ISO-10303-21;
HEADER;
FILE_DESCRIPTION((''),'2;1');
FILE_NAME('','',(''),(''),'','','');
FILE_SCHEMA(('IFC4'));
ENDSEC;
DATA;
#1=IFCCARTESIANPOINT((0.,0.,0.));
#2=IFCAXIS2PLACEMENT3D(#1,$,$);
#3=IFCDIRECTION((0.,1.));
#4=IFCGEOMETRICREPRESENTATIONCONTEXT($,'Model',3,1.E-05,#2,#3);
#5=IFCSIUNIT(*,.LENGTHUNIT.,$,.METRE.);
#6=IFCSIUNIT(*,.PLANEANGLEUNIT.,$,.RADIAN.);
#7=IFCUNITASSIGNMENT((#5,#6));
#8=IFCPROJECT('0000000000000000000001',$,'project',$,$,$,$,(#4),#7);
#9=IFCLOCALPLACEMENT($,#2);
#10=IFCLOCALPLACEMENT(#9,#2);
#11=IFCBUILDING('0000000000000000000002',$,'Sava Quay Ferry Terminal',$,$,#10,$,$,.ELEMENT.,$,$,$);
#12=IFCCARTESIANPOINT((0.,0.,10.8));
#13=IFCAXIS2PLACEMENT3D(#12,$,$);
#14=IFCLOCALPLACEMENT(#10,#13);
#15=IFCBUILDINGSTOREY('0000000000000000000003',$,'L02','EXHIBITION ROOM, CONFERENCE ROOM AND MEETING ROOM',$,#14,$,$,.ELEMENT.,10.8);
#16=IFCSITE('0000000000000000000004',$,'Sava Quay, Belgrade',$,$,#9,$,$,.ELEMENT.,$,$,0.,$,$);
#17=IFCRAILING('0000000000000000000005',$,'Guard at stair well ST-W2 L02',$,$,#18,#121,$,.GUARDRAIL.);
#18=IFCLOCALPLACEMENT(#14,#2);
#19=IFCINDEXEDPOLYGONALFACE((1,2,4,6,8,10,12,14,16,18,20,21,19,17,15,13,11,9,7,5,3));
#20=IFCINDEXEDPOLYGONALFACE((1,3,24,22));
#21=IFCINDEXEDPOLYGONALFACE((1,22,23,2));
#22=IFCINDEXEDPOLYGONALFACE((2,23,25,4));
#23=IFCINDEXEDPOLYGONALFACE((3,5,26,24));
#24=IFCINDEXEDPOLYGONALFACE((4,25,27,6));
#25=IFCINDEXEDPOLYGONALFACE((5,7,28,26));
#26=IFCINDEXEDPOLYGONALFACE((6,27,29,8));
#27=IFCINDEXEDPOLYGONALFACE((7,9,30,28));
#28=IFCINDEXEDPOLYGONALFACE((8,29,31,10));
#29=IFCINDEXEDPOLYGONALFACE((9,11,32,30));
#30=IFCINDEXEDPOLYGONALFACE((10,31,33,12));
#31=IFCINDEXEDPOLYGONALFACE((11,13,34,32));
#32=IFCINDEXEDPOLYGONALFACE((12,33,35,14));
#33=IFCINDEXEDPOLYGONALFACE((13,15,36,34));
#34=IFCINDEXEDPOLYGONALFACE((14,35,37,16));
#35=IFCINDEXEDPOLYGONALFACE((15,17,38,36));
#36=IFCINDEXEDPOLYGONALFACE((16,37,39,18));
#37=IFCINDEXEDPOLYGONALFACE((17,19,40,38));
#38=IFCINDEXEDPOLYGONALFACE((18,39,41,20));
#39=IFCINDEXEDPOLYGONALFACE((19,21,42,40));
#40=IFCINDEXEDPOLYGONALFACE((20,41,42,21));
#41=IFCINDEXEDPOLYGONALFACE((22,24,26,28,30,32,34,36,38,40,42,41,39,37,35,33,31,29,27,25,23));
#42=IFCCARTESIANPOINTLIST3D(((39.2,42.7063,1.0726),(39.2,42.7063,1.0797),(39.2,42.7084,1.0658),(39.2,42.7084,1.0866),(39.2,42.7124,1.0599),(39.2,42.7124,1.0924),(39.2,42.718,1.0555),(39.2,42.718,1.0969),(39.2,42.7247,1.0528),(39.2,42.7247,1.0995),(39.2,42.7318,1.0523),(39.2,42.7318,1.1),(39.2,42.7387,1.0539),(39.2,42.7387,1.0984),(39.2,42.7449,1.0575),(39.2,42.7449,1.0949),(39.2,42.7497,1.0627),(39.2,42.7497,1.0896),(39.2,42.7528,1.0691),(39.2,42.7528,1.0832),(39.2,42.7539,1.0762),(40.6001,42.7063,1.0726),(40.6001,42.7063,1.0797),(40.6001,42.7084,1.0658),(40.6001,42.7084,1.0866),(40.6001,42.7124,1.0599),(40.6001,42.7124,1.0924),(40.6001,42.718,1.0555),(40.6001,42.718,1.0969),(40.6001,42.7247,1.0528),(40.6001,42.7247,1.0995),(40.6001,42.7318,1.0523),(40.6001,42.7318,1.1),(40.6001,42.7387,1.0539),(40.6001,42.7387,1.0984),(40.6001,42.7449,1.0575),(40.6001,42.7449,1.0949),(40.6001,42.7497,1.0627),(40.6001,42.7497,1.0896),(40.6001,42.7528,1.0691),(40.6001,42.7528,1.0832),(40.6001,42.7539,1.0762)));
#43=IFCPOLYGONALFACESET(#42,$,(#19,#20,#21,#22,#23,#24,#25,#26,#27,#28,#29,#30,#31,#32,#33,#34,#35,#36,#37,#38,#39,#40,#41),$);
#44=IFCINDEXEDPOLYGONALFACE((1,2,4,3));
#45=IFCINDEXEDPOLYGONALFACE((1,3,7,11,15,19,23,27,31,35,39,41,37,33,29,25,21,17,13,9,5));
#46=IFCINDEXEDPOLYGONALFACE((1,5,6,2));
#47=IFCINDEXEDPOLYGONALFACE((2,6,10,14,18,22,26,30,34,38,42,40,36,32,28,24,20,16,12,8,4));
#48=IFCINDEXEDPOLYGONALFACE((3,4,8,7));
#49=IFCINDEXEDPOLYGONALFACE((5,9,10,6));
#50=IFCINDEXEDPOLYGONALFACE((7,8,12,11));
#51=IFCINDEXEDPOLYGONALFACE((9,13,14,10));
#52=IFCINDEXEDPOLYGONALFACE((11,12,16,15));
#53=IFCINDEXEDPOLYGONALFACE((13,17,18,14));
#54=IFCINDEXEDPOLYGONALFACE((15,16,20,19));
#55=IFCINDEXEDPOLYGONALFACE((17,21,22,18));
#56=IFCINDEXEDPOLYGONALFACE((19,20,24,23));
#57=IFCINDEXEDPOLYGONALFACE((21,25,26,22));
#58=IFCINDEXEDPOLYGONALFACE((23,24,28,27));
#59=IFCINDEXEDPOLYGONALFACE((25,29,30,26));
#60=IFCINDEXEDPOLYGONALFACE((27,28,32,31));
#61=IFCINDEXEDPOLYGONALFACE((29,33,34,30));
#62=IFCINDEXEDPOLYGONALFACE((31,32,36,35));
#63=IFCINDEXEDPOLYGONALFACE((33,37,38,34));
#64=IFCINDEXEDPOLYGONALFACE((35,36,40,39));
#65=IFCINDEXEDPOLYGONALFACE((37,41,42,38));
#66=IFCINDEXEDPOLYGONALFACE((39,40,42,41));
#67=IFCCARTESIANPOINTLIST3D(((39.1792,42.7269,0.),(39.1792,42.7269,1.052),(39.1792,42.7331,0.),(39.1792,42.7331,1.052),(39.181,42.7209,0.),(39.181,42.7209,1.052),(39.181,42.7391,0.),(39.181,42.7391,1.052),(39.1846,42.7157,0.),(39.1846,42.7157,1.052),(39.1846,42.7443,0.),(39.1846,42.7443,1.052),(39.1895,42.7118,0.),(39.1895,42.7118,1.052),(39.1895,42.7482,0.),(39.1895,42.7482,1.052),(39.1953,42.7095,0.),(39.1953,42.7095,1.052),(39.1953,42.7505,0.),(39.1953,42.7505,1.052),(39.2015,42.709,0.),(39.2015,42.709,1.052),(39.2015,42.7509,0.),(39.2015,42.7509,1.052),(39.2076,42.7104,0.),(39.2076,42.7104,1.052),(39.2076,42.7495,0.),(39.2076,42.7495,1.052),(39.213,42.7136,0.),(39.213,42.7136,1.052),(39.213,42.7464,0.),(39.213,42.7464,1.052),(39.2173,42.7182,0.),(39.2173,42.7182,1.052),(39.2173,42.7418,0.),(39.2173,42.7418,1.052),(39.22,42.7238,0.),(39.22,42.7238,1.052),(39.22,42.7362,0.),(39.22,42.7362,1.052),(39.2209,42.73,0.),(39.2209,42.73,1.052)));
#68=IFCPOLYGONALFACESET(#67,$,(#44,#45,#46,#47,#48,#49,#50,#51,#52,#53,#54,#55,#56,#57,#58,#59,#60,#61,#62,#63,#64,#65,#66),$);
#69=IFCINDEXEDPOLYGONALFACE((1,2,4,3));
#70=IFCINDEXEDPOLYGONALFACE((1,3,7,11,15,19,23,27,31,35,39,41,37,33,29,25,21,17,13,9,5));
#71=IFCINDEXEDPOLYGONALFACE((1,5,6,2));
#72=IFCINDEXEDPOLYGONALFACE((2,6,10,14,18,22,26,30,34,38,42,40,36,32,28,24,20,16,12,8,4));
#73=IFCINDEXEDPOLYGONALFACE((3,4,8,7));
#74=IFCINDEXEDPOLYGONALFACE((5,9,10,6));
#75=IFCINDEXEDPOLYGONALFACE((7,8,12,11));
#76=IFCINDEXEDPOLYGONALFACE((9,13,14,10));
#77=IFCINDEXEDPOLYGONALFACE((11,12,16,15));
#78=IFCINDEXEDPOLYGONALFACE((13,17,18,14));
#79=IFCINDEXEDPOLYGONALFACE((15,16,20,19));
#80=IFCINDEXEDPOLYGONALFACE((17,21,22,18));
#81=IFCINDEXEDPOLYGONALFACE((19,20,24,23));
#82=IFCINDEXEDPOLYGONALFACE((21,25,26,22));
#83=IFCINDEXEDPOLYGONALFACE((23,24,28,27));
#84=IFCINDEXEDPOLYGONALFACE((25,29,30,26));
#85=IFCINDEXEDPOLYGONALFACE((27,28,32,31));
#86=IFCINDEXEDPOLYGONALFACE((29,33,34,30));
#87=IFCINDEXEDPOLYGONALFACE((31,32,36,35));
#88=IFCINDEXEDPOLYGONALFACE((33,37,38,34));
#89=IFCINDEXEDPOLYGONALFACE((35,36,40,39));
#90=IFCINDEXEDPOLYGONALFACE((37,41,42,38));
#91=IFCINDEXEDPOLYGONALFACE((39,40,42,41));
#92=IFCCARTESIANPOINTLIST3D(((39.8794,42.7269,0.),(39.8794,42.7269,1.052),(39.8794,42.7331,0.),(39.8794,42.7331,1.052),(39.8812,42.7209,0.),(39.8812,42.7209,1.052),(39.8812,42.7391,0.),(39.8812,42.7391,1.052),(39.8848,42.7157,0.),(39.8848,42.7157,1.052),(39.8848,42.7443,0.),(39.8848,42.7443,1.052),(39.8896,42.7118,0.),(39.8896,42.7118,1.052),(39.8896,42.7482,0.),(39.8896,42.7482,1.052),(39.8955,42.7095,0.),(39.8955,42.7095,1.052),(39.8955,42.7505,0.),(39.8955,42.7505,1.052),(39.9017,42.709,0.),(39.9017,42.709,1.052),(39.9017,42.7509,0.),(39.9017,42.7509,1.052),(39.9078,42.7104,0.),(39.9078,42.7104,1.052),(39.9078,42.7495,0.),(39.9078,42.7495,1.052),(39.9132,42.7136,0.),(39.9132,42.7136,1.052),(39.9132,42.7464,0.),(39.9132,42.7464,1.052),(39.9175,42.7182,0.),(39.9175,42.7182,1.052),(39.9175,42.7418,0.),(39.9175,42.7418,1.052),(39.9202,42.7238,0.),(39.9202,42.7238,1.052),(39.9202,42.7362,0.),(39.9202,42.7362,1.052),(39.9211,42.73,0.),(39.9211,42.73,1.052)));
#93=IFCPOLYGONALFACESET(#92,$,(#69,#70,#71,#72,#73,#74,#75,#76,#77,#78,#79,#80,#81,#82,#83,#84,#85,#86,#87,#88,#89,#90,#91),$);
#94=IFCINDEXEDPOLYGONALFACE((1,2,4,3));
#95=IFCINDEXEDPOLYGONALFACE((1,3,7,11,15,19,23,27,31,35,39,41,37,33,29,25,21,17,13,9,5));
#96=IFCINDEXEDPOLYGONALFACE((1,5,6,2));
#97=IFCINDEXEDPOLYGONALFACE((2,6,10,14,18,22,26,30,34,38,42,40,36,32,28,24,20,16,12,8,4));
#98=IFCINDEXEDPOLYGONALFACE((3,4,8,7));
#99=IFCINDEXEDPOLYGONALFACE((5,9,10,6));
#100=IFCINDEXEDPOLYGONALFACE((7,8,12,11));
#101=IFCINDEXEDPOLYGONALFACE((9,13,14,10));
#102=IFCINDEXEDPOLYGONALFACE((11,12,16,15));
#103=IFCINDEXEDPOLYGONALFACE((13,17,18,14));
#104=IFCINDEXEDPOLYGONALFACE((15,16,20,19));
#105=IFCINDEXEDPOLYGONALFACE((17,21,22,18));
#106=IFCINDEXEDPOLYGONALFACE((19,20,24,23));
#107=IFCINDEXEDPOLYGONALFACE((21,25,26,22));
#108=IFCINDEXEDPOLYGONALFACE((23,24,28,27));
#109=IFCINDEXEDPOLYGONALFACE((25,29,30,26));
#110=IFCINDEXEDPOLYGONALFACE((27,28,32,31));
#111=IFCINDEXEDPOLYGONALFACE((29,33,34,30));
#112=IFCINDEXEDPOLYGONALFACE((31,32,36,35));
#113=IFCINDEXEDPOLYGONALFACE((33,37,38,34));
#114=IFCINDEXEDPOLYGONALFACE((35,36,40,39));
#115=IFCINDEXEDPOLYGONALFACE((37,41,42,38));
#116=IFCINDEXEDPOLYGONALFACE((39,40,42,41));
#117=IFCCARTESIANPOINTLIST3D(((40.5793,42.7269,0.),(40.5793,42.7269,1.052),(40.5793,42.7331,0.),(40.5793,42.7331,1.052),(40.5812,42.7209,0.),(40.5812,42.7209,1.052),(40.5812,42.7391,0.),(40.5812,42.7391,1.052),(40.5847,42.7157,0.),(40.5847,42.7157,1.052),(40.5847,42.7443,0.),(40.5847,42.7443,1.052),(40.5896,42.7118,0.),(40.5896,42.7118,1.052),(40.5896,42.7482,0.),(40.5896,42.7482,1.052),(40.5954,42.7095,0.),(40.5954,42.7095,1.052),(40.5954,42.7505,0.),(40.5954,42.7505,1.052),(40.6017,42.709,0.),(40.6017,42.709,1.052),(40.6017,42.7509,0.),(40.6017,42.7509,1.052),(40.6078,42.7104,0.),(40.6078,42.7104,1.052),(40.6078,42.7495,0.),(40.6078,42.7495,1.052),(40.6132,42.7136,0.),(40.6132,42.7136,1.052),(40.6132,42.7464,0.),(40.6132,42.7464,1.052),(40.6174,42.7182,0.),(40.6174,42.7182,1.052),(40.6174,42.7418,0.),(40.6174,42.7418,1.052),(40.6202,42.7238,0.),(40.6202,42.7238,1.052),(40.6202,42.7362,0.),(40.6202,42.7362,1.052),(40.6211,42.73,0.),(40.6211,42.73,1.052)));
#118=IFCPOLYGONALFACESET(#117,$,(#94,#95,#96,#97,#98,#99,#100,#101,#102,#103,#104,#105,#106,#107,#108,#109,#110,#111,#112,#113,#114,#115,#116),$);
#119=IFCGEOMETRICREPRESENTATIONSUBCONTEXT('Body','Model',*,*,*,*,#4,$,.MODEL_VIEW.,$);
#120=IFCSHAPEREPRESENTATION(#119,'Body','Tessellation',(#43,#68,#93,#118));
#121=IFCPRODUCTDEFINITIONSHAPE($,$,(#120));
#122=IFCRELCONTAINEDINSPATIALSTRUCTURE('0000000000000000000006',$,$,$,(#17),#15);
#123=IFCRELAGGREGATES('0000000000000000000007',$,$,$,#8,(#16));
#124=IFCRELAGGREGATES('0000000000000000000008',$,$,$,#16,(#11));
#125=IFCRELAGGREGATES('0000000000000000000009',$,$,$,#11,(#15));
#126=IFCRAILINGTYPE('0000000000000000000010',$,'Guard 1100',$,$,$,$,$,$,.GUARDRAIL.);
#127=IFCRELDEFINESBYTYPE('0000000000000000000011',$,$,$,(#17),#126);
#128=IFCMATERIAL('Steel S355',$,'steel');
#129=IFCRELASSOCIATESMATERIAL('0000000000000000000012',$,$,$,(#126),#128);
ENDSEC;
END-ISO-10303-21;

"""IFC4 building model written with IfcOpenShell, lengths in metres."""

from ifc_helpers import new_model, si_unit, direction, frame, origin, origin_2d, place, context, subcontext, project, spatial, circle, extrude, material, type_object, element, save


model = new_model("IFC4")

# Units and contexts
model_context = context("Model", 3, precision=1e-05, world=origin(), true_north=direction((0.0, 1.0)))
body_context = subcontext(model_context, "Body", "Model", "MODEL_VIEW")
ifc_project = project(units=[si_unit("LENGTHUNIT", "METRE"), si_unit("PLANEANGLEUNIT", "RADIAN")], contexts=[model_context])

# Site, building, storey
site_placement = place(None, origin())
site = spatial("IfcSite", under=ifc_project, at=site_placement, Name="Sava Quay, Belgrade", CompositionType="ELEMENT", RefElevation=0.0)
building_placement = place(site_placement, origin())
building = spatial("IfcBuilding", under=site, at=building_placement, Name="Sava Quay Ferry Terminal", CompositionType="ELEMENT")
storey_placement = place(building_placement, frame((0.0, 0.0, 10.8)))
storey = spatial("IfcBuildingStorey", under=building, at=storey_placement, Name="L02", Description="EXHIBITION ROOM, CONFERENCE ROOM AND MEETING ROOM", CompositionType="ELEMENT", Elevation=10.8)

# Railing
ifc_material_1 = material(Name="Steel S355", Category="steel")
railing_type_1 = type_object("IfcRailingType", Name="Guard 1100", PredefinedType="GUARDRAIL", material=ifc_material_1)
railing_1_placement = place(storey_placement, frame((39.2, 42.73, 0.0)))
element("IfcRailing", 1, at=railing_1_placement, inside=storey, type_object=railing_type_1, Name="Guard at stair well ST-W2 L02", PredefinedType="GUARDRAIL", context=body_context, shape_type="SweptSolid", body=[
    extrude(circle(Radius=0.0239, at=origin_2d()), frame((0.0, 0.0, 1.0762), z_axis=(1.0, 0.0, 0.0), x_axis=(0.0, 1.0, 0.0)), (0.0, 0.0, 1.0), 1.4001),
    extrude(circle(Radius=0.021, at=origin_2d()), origin(), (0.0, 0.0, 1.0), 1.052),
    extrude(circle(Radius=0.021, at=origin_2d()), frame((0.7002, 0.0, 0.0)), (0.0, 0.0, 1.0), 1.052),
    extrude(circle(Radius=0.021, at=origin_2d()), frame((1.4001, 0.0, 0.0)), (0.0, 0.0, 1.0), 1.052),
])

save(model, "model.ifc")
